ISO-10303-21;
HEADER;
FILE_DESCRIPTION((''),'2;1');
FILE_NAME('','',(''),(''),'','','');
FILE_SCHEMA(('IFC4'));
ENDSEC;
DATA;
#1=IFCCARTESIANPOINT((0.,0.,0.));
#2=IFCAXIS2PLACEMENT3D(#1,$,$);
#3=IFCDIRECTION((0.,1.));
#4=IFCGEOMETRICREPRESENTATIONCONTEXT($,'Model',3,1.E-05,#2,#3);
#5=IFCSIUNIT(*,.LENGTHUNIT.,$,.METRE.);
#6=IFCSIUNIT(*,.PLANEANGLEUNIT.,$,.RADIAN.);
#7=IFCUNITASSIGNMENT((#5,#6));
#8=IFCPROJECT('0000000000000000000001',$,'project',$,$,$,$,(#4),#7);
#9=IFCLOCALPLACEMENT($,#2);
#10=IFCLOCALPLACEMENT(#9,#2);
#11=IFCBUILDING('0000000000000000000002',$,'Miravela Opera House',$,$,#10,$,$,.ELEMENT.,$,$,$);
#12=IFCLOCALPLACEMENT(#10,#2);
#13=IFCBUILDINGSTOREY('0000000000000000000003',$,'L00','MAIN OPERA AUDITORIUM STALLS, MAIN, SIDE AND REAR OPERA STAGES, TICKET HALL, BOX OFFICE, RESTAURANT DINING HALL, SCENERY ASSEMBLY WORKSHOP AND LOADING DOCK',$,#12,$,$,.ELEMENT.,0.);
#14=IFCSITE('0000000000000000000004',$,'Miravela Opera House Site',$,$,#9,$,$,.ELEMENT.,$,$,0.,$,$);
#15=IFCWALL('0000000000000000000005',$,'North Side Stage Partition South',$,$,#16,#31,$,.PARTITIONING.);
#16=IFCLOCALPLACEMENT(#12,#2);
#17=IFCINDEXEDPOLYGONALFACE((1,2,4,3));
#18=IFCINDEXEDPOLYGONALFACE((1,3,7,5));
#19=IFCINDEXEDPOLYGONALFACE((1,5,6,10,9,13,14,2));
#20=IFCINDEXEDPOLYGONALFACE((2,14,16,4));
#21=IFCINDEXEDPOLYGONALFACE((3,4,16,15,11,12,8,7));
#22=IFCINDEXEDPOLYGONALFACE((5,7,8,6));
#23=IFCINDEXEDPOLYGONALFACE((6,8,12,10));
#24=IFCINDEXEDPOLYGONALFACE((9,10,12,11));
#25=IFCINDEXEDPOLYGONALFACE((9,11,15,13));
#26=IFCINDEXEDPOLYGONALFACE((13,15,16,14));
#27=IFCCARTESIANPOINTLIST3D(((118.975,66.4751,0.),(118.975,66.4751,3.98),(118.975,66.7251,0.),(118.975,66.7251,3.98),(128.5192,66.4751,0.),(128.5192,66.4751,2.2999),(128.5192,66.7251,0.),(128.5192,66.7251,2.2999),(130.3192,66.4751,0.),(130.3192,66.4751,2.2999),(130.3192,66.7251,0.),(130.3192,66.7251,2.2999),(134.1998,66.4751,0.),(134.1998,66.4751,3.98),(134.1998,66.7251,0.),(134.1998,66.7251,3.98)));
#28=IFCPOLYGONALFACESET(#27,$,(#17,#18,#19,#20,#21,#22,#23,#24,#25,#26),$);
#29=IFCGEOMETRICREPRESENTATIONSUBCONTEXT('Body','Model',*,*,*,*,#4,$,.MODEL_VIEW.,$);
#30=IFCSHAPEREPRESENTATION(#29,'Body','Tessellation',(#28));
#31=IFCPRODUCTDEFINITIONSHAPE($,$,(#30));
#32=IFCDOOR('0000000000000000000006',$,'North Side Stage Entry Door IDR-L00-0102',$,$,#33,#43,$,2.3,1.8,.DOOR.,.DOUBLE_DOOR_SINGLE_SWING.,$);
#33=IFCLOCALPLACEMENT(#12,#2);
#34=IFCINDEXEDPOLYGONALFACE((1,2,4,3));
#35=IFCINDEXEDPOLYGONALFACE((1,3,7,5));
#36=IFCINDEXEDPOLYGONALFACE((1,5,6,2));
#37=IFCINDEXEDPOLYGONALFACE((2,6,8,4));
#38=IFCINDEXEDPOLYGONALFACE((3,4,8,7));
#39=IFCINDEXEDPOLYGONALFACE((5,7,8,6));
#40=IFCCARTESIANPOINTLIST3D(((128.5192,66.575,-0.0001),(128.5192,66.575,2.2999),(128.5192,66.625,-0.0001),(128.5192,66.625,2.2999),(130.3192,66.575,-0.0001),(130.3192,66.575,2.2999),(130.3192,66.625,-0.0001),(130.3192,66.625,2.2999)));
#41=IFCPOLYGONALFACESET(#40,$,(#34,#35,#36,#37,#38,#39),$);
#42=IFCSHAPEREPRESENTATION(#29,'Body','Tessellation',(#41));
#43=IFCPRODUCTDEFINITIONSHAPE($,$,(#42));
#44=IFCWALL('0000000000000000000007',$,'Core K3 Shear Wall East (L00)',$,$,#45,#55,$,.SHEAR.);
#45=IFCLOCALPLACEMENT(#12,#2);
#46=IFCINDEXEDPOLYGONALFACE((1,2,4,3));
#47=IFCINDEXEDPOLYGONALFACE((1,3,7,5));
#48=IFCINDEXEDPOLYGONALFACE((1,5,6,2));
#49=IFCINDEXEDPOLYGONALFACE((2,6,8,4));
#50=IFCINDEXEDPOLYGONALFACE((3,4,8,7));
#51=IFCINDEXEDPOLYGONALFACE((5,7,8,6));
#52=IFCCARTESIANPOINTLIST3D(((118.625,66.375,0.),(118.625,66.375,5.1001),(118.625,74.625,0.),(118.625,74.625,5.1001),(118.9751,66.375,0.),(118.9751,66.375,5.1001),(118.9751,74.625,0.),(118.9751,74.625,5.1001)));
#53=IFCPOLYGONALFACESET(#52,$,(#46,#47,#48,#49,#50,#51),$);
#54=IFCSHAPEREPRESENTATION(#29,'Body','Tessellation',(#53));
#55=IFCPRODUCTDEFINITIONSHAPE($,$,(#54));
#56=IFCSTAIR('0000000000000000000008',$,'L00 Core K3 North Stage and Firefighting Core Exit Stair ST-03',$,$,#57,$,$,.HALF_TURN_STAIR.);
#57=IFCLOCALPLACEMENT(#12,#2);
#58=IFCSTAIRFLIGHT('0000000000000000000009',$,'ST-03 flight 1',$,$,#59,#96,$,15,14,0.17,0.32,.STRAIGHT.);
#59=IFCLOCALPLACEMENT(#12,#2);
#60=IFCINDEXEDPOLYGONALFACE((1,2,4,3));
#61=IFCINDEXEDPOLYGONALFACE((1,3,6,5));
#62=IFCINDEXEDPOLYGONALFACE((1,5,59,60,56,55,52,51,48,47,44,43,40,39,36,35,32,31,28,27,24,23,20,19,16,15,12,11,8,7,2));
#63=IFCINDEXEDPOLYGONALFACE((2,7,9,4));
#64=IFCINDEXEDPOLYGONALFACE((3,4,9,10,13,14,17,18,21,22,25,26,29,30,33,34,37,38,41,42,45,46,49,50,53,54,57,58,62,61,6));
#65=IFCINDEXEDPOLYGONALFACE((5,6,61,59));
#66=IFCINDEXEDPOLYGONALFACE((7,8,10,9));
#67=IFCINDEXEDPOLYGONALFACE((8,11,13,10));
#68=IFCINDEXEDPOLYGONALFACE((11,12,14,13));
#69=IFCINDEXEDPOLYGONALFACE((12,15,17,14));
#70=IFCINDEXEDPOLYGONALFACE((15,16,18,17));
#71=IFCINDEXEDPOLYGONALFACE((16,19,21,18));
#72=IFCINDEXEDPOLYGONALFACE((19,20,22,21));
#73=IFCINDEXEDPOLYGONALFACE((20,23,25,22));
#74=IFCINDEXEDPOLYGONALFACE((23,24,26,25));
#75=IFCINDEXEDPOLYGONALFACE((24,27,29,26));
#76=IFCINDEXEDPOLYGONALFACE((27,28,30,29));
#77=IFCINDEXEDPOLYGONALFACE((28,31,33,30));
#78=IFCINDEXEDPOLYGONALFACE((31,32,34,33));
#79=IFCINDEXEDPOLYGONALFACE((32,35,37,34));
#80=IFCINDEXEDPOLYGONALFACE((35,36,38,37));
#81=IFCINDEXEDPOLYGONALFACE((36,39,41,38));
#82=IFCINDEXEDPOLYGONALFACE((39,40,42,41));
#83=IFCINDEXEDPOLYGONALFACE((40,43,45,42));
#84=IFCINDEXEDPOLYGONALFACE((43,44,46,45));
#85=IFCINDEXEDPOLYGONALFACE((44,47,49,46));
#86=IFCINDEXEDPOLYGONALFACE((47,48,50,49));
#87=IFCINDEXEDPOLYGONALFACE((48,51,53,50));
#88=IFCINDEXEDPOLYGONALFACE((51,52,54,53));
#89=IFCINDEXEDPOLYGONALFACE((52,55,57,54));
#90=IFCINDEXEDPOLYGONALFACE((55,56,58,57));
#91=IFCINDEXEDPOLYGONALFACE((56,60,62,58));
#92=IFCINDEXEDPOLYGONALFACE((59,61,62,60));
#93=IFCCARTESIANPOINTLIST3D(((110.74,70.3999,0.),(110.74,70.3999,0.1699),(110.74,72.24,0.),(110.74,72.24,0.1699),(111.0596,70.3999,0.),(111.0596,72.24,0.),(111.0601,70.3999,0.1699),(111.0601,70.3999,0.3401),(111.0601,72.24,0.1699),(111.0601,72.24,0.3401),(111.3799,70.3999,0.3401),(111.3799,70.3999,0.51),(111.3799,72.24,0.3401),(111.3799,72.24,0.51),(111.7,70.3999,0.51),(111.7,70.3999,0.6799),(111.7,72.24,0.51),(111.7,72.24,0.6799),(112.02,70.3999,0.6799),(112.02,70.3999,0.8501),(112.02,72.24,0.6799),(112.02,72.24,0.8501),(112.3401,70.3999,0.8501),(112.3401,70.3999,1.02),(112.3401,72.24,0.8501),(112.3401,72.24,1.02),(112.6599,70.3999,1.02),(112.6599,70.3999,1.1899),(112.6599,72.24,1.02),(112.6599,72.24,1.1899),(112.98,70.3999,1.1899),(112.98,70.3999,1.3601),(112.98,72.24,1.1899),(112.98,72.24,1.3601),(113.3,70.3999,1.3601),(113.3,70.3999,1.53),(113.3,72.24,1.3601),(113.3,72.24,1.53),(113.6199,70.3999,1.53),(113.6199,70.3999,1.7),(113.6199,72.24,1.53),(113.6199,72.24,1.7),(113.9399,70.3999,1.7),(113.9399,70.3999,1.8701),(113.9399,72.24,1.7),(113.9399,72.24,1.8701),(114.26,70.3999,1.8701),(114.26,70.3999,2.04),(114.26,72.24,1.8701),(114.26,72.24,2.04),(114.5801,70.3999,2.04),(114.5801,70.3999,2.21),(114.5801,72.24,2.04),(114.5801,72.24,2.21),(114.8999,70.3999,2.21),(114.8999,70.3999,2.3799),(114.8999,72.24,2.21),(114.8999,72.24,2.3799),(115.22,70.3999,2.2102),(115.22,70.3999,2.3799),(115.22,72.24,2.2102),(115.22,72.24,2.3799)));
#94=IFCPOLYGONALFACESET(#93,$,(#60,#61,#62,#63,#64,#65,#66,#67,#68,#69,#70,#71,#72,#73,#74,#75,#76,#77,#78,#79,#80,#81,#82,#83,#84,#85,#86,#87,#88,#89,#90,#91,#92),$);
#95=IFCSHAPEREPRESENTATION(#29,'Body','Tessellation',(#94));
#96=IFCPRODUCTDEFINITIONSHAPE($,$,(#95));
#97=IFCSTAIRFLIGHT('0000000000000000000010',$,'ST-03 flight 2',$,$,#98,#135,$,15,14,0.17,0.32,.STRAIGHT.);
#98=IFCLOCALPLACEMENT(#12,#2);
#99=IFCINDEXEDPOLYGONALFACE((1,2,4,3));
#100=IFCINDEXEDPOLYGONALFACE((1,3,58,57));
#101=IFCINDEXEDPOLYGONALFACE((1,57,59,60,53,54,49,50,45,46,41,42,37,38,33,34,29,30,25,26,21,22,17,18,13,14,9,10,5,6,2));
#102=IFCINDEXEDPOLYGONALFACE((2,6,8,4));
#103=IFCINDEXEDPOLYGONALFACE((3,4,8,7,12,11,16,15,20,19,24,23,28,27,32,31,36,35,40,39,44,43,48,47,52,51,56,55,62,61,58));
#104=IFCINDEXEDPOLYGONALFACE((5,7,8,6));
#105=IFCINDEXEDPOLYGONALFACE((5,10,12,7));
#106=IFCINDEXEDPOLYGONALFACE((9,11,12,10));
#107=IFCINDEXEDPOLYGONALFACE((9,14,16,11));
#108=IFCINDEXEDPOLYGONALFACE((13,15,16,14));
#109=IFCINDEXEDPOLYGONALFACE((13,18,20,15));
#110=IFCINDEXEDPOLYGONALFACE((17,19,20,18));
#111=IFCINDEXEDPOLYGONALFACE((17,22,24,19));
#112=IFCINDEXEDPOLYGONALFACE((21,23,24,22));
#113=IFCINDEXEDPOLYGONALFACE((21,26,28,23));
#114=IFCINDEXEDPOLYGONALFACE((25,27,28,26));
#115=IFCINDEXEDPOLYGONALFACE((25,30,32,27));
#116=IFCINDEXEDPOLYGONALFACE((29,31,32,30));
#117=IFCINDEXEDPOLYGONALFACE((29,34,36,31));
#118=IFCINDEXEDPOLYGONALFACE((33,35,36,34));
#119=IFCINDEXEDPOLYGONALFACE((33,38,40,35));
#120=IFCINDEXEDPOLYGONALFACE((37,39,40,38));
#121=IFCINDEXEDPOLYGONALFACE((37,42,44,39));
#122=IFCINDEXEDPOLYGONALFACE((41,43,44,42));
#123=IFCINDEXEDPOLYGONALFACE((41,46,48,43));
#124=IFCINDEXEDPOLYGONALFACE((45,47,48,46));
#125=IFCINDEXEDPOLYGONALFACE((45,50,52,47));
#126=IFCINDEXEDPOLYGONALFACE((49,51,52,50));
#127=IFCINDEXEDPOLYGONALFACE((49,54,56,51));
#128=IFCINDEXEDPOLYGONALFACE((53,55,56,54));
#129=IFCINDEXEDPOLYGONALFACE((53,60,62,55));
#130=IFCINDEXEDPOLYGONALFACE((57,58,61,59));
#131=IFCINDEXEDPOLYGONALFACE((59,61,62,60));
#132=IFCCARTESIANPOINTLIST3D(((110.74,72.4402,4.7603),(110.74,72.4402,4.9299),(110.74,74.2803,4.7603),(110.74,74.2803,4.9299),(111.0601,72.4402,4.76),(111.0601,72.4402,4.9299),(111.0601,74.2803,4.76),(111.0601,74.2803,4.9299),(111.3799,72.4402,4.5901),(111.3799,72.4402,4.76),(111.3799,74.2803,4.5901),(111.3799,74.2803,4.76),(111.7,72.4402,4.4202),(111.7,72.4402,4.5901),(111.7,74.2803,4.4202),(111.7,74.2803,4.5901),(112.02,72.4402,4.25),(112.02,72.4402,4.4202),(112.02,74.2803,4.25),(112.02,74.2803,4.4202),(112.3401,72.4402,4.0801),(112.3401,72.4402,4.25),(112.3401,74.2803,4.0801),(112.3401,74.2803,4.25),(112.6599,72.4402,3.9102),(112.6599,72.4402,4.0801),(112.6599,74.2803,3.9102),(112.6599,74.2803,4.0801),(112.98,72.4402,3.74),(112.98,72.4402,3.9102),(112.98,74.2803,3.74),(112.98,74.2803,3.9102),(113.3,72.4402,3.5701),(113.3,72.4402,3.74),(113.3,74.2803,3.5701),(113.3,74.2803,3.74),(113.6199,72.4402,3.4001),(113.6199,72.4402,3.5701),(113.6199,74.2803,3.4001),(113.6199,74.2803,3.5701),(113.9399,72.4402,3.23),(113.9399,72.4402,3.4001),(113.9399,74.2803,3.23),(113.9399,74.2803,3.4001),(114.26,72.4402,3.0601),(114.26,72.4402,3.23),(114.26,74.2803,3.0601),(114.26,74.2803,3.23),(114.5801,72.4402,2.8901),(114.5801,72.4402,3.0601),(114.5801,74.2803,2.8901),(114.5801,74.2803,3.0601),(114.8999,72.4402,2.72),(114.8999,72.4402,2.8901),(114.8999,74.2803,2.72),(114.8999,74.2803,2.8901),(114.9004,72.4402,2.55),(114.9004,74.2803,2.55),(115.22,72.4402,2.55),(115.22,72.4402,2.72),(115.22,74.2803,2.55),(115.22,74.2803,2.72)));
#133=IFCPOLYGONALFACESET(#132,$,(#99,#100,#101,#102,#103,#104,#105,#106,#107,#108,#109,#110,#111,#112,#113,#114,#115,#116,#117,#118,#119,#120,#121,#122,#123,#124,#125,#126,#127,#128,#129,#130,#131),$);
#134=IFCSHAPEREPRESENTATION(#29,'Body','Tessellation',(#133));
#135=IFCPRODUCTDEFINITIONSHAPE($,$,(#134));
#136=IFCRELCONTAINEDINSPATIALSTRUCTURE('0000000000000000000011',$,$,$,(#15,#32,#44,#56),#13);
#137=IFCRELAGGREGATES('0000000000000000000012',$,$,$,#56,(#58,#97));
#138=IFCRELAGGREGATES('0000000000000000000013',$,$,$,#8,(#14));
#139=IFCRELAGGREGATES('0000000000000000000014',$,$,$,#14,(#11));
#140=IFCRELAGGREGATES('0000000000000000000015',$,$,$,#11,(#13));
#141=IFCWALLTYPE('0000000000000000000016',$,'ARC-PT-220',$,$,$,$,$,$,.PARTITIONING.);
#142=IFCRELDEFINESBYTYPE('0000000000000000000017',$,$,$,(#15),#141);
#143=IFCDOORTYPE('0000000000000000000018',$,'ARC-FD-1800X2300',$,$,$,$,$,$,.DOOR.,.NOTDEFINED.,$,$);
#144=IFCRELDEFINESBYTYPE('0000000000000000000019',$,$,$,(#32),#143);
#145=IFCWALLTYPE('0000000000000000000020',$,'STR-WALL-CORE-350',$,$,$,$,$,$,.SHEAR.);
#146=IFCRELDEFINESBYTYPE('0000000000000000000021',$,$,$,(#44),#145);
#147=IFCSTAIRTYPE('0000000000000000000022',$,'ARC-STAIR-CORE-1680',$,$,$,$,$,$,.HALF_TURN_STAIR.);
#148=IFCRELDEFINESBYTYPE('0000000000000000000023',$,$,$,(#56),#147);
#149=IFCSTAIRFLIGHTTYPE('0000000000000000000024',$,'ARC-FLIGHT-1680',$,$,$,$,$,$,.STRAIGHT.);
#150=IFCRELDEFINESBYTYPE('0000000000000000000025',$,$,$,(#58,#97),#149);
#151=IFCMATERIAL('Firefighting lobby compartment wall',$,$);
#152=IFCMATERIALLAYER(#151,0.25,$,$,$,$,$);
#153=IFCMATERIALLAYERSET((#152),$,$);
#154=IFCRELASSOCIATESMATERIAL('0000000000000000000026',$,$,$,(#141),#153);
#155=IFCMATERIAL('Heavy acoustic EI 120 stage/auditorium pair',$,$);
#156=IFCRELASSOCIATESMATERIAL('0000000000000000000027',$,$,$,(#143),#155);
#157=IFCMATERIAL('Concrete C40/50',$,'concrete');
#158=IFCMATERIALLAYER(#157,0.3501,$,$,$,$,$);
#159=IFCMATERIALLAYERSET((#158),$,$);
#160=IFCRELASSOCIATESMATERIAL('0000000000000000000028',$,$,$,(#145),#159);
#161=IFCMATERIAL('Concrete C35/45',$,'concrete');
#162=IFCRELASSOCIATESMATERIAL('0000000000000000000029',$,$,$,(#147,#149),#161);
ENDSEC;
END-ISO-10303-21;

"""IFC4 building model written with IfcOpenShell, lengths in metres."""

from ifc_helpers import new_model, si_unit, direction, frame, frame_2d, origin, place, context, subcontext, project, spatial, polyline, rectangle, outline, extrude, material, layer, layer_set, type_object, element, fill, aggregate, save


model = new_model("IFC4")

# Units and contexts
model_context = context("Model", 3, precision=1e-05, world=origin(), true_north=direction((0.0, 1.0)))
body_context = subcontext(model_context, "Body", "Model", "MODEL_VIEW")
ifc_project = project(units=[si_unit("LENGTHUNIT", "METRE"), si_unit("PLANEANGLEUNIT", "RADIAN")], contexts=[model_context])

# Site, building, storey
site_placement = place(None, origin())
site = spatial("IfcSite", under=ifc_project, at=site_placement, Name="Miravela Opera House Site", CompositionType="ELEMENT", RefElevation=0.0)
building_placement = place(site_placement, origin())
building = spatial("IfcBuilding", under=site, at=building_placement, Name="Miravela Opera House", CompositionType="ELEMENT")
storey_placement = place(building_placement, origin())
storey = spatial("IfcBuildingStorey", under=building, at=storey_placement, Name="L00", Description="MAIN OPERA AUDITORIUM STALLS, MAIN, SIDE AND REAR OPERA STAGES, TICKET HALL, BOX OFFICE, RESTAURANT DINING HALL, SCENERY ASSEMBLY WORKSHOP AND LOADING DOCK", CompositionType="ELEMENT", Elevation=0.0)

# Shared definitions
ifc_material_1 = material(Name="Concrete C40/50", Category="concrete")

# Shared definitions
ifc_material_2 = material(Name="Concrete C35/45", Category="concrete")

# Shared definitions
ifc_material_3 = material(Name="Firefighting lobby compartment wall")
ifc_layer_1 = layer(ifc_material_3, 0.25)
ifc_layer_set_1 = layer_set([ifc_layer_1])
wall_type_1 = type_object("IfcWallType", Name="ARC-PT-220", PredefinedType="PARTITIONING", material=ifc_layer_set_1)

# Wall, opening, door
wall_1_placement = place(storey_placement, frame((118.9751, 66.6001, 0.0), z_axis=(0.0, 0.0, 1.0), x_axis=(1.0, 0.0, 0.0)))
wall_1 = element("IfcWall", 1, at=wall_1_placement, inside=storey, type_object=wall_type_1, Name="North Side Stage Partition South", PredefinedType="PARTITIONING", context=body_context, shape_type="SweptSolid", body=[
    extrude(rectangle(XDim=15.2249, YDim=0.25, at=frame_2d((7.6123, 0.0))), origin(), (0.0, 0.0, 1.0), 3.98),
])
opening_1_placement = place(wall_1_placement, frame((9.5442, 0.0, 0.0)))
opening_1 = element("IfcOpeningElement", 2, at=opening_1_placement, cuts=wall_1, PredefinedType="OPENING", context=body_context, shape_type="SweptSolid", body=[
    extrude(rectangle(XDim=1.8, YDim=2.3, at=frame_2d((0.8999, 1.1499))), frame((0.0, 0.135, 0.0), z_axis=(0.0, -1.0, 0.0), x_axis=(1.0, 0.0, 0.0)), (0.0, 0.0, 1.0), 0.27),
])
ifc_material_4 = material(Name="Heavy acoustic EI 120 stage/auditorium pair")
door_type_1 = type_object("IfcDoorType", Name="ARC-FD-1800X2300", OperationType="NOTDEFINED", PredefinedType="DOOR", material=ifc_material_4)
door_1_placement = place(opening_1_placement, origin())
door_1 = element("IfcDoor", 3, at=door_1_placement, inside=storey, type_object=door_type_1, Name="North Side Stage Entry Door IDR-L00-0102", OperationType="DOUBLE_DOOR_SINGLE_SWING", OverallHeight=2.3, OverallWidth=1.8, PredefinedType="DOOR", context=body_context, shape_type="SweptSolid", body=[
    extrude(rectangle(XDim=1.8, YDim=2.3, at=frame_2d((0.8999, 1.1499))), frame((0.0, 0.0249, 0.0), z_axis=(0.0, -1.0, 0.0), x_axis=(1.0, 0.0, 0.0)), (0.0, 0.0, 1.0), 0.05),
])
fill(opening_1, door_1)

# Wall
ifc_layer_2 = layer(ifc_material_1, 0.3501)
ifc_layer_set_2 = layer_set([ifc_layer_2])
wall_type_2 = type_object("IfcWallType", Name="STR-WALL-CORE-350", PredefinedType="SHEAR", material=ifc_layer_set_2)
wall_2_placement = place(storey_placement, frame((118.8, 66.375, 0.0), z_axis=(0.0, 0.0, 1.0), x_axis=(0.0, 1.0, 0.0)))
element("IfcWall", 4, at=wall_2_placement, inside=storey, type_object=wall_type_2, Name="Core K3 Shear Wall East (L00)", PredefinedType="SHEAR", context=body_context, shape_type="SweptSolid", body=[
    extrude(rectangle(XDim=8.25, YDim=0.3501, at=frame_2d((4.125, 0.0))), origin(), (0.0, 0.0, 1.0), 5.1001),
])

# Stair, stair flights
stair_type = type_object("IfcStairType", Name="ARC-STAIR-CORE-1680", PredefinedType="HALF_TURN_STAIR", material=ifc_material_2)
stair_placement = place(storey_placement, origin())
stair = element("IfcStair", 5, at=stair_placement, inside=storey, type_object=stair_type, Name="L00 Core K3 North Stage and Firefighting Core Exit Stair ST-03", PredefinedType="HALF_TURN_STAIR")
stair_flight_type = type_object("IfcStairFlightType", Name="ARC-FLIGHT-1680", PredefinedType="STRAIGHT", material=ifc_material_2)
stair_flight_1_placement = place(storey_placement, frame((110.74, 71.3201, 0.0), z_axis=(0.0, 0.0, 1.0), x_axis=(1.0, 0.0, 0.0)))
stair_flight_1 = element("IfcStairFlight", 6, at=stair_flight_1_placement, type_object=stair_flight_type, Name="ST-03 flight 1", NumberOfRisers=15, NumberOfTreads=14, PredefinedType="STRAIGHT", RiserHeight=0.17, TreadLength=0.32, context=body_context, shape_type="SweptSolid", body=[
    extrude(outline(polyline([(0.0, 0.0), (0.0, 0.1699), (0.3201, 0.1699), (0.3201, 0.3401), (0.6399, 0.3401), (0.6399, 0.51), (0.96, 0.51), (0.96, 0.6799), (1.28, 0.6799), (1.28, 0.8501), (1.6001, 0.8501), (1.6001, 1.02), (1.9199, 1.02), (1.9199, 1.1899), (2.24, 1.1899), (2.24, 1.3601), (2.5601, 1.3601), (2.5601, 1.53), (2.8799, 1.53), (2.8799, 1.7), (3.2, 1.7), (3.2, 1.8701), (3.52, 1.8701), (3.52, 2.04), (3.8401, 2.04), (3.8401, 2.21), (4.1599, 2.21), (4.1599, 2.3799), (4.48, 2.3799), (4.48, 2.55), (4.48, 2.2102), (0.3196, 0.0), (0.0, 0.0)])), frame((0.0, 0.9199, 0.0), z_axis=(0.0, -1.0, 0.0), x_axis=(1.0, 0.0, 0.0)), (0.0, 0.0, 1.0), 1.8401),
])
stair_flight_2_placement = place(storey_placement, frame((115.22, 73.3601, 2.55), z_axis=(0.0, 0.0, 1.0), x_axis=(-1.0, 0.0, 0.0)))
stair_flight_2 = element("IfcStairFlight", 7, at=stair_flight_2_placement, type_object=stair_flight_type, Name="ST-03 flight 2", NumberOfRisers=15, NumberOfTreads=14, PredefinedType="STRAIGHT", RiserHeight=0.17, TreadLength=0.32, context=body_context, shape_type="SweptSolid", body=[
    extrude(outline(polyline([(0.0, 0.0), (0.0, 0.1699), (0.3201, 0.1699), (0.3201, 0.3401), (0.6399, 0.3401), (0.6399, 0.51), (0.96, 0.51), (0.96, 0.6799), (1.28, 0.6799), (1.28, 0.8501), (1.6001, 0.8501), (1.6001, 1.02), (1.9199, 1.02), (1.9199, 1.1899), (2.24, 1.1899), (2.24, 1.3601), (2.5601, 1.3601), (2.5601, 1.53), (2.8799, 1.53), (2.8799, 1.7), (3.2, 1.7), (3.2, 1.8701), (3.52, 1.8701), (3.52, 2.04), (3.8401, 2.04), (3.8401, 2.21), (4.1599, 2.21), (4.1599, 2.3799), (4.48, 2.3799), (4.48, 2.55), (4.48, 2.2102), (0.3196, 0.0), (0.0, 0.0)])), frame((0.0, 0.9199, 0.0), z_axis=(0.0, -1.0, 0.0), x_axis=(1.0, 0.0, 0.0)), (0.0, 0.0, 1.0), 1.8401),
])
aggregate(stair, [stair_flight_1, stair_flight_2])

save(model, "model.ifc")
